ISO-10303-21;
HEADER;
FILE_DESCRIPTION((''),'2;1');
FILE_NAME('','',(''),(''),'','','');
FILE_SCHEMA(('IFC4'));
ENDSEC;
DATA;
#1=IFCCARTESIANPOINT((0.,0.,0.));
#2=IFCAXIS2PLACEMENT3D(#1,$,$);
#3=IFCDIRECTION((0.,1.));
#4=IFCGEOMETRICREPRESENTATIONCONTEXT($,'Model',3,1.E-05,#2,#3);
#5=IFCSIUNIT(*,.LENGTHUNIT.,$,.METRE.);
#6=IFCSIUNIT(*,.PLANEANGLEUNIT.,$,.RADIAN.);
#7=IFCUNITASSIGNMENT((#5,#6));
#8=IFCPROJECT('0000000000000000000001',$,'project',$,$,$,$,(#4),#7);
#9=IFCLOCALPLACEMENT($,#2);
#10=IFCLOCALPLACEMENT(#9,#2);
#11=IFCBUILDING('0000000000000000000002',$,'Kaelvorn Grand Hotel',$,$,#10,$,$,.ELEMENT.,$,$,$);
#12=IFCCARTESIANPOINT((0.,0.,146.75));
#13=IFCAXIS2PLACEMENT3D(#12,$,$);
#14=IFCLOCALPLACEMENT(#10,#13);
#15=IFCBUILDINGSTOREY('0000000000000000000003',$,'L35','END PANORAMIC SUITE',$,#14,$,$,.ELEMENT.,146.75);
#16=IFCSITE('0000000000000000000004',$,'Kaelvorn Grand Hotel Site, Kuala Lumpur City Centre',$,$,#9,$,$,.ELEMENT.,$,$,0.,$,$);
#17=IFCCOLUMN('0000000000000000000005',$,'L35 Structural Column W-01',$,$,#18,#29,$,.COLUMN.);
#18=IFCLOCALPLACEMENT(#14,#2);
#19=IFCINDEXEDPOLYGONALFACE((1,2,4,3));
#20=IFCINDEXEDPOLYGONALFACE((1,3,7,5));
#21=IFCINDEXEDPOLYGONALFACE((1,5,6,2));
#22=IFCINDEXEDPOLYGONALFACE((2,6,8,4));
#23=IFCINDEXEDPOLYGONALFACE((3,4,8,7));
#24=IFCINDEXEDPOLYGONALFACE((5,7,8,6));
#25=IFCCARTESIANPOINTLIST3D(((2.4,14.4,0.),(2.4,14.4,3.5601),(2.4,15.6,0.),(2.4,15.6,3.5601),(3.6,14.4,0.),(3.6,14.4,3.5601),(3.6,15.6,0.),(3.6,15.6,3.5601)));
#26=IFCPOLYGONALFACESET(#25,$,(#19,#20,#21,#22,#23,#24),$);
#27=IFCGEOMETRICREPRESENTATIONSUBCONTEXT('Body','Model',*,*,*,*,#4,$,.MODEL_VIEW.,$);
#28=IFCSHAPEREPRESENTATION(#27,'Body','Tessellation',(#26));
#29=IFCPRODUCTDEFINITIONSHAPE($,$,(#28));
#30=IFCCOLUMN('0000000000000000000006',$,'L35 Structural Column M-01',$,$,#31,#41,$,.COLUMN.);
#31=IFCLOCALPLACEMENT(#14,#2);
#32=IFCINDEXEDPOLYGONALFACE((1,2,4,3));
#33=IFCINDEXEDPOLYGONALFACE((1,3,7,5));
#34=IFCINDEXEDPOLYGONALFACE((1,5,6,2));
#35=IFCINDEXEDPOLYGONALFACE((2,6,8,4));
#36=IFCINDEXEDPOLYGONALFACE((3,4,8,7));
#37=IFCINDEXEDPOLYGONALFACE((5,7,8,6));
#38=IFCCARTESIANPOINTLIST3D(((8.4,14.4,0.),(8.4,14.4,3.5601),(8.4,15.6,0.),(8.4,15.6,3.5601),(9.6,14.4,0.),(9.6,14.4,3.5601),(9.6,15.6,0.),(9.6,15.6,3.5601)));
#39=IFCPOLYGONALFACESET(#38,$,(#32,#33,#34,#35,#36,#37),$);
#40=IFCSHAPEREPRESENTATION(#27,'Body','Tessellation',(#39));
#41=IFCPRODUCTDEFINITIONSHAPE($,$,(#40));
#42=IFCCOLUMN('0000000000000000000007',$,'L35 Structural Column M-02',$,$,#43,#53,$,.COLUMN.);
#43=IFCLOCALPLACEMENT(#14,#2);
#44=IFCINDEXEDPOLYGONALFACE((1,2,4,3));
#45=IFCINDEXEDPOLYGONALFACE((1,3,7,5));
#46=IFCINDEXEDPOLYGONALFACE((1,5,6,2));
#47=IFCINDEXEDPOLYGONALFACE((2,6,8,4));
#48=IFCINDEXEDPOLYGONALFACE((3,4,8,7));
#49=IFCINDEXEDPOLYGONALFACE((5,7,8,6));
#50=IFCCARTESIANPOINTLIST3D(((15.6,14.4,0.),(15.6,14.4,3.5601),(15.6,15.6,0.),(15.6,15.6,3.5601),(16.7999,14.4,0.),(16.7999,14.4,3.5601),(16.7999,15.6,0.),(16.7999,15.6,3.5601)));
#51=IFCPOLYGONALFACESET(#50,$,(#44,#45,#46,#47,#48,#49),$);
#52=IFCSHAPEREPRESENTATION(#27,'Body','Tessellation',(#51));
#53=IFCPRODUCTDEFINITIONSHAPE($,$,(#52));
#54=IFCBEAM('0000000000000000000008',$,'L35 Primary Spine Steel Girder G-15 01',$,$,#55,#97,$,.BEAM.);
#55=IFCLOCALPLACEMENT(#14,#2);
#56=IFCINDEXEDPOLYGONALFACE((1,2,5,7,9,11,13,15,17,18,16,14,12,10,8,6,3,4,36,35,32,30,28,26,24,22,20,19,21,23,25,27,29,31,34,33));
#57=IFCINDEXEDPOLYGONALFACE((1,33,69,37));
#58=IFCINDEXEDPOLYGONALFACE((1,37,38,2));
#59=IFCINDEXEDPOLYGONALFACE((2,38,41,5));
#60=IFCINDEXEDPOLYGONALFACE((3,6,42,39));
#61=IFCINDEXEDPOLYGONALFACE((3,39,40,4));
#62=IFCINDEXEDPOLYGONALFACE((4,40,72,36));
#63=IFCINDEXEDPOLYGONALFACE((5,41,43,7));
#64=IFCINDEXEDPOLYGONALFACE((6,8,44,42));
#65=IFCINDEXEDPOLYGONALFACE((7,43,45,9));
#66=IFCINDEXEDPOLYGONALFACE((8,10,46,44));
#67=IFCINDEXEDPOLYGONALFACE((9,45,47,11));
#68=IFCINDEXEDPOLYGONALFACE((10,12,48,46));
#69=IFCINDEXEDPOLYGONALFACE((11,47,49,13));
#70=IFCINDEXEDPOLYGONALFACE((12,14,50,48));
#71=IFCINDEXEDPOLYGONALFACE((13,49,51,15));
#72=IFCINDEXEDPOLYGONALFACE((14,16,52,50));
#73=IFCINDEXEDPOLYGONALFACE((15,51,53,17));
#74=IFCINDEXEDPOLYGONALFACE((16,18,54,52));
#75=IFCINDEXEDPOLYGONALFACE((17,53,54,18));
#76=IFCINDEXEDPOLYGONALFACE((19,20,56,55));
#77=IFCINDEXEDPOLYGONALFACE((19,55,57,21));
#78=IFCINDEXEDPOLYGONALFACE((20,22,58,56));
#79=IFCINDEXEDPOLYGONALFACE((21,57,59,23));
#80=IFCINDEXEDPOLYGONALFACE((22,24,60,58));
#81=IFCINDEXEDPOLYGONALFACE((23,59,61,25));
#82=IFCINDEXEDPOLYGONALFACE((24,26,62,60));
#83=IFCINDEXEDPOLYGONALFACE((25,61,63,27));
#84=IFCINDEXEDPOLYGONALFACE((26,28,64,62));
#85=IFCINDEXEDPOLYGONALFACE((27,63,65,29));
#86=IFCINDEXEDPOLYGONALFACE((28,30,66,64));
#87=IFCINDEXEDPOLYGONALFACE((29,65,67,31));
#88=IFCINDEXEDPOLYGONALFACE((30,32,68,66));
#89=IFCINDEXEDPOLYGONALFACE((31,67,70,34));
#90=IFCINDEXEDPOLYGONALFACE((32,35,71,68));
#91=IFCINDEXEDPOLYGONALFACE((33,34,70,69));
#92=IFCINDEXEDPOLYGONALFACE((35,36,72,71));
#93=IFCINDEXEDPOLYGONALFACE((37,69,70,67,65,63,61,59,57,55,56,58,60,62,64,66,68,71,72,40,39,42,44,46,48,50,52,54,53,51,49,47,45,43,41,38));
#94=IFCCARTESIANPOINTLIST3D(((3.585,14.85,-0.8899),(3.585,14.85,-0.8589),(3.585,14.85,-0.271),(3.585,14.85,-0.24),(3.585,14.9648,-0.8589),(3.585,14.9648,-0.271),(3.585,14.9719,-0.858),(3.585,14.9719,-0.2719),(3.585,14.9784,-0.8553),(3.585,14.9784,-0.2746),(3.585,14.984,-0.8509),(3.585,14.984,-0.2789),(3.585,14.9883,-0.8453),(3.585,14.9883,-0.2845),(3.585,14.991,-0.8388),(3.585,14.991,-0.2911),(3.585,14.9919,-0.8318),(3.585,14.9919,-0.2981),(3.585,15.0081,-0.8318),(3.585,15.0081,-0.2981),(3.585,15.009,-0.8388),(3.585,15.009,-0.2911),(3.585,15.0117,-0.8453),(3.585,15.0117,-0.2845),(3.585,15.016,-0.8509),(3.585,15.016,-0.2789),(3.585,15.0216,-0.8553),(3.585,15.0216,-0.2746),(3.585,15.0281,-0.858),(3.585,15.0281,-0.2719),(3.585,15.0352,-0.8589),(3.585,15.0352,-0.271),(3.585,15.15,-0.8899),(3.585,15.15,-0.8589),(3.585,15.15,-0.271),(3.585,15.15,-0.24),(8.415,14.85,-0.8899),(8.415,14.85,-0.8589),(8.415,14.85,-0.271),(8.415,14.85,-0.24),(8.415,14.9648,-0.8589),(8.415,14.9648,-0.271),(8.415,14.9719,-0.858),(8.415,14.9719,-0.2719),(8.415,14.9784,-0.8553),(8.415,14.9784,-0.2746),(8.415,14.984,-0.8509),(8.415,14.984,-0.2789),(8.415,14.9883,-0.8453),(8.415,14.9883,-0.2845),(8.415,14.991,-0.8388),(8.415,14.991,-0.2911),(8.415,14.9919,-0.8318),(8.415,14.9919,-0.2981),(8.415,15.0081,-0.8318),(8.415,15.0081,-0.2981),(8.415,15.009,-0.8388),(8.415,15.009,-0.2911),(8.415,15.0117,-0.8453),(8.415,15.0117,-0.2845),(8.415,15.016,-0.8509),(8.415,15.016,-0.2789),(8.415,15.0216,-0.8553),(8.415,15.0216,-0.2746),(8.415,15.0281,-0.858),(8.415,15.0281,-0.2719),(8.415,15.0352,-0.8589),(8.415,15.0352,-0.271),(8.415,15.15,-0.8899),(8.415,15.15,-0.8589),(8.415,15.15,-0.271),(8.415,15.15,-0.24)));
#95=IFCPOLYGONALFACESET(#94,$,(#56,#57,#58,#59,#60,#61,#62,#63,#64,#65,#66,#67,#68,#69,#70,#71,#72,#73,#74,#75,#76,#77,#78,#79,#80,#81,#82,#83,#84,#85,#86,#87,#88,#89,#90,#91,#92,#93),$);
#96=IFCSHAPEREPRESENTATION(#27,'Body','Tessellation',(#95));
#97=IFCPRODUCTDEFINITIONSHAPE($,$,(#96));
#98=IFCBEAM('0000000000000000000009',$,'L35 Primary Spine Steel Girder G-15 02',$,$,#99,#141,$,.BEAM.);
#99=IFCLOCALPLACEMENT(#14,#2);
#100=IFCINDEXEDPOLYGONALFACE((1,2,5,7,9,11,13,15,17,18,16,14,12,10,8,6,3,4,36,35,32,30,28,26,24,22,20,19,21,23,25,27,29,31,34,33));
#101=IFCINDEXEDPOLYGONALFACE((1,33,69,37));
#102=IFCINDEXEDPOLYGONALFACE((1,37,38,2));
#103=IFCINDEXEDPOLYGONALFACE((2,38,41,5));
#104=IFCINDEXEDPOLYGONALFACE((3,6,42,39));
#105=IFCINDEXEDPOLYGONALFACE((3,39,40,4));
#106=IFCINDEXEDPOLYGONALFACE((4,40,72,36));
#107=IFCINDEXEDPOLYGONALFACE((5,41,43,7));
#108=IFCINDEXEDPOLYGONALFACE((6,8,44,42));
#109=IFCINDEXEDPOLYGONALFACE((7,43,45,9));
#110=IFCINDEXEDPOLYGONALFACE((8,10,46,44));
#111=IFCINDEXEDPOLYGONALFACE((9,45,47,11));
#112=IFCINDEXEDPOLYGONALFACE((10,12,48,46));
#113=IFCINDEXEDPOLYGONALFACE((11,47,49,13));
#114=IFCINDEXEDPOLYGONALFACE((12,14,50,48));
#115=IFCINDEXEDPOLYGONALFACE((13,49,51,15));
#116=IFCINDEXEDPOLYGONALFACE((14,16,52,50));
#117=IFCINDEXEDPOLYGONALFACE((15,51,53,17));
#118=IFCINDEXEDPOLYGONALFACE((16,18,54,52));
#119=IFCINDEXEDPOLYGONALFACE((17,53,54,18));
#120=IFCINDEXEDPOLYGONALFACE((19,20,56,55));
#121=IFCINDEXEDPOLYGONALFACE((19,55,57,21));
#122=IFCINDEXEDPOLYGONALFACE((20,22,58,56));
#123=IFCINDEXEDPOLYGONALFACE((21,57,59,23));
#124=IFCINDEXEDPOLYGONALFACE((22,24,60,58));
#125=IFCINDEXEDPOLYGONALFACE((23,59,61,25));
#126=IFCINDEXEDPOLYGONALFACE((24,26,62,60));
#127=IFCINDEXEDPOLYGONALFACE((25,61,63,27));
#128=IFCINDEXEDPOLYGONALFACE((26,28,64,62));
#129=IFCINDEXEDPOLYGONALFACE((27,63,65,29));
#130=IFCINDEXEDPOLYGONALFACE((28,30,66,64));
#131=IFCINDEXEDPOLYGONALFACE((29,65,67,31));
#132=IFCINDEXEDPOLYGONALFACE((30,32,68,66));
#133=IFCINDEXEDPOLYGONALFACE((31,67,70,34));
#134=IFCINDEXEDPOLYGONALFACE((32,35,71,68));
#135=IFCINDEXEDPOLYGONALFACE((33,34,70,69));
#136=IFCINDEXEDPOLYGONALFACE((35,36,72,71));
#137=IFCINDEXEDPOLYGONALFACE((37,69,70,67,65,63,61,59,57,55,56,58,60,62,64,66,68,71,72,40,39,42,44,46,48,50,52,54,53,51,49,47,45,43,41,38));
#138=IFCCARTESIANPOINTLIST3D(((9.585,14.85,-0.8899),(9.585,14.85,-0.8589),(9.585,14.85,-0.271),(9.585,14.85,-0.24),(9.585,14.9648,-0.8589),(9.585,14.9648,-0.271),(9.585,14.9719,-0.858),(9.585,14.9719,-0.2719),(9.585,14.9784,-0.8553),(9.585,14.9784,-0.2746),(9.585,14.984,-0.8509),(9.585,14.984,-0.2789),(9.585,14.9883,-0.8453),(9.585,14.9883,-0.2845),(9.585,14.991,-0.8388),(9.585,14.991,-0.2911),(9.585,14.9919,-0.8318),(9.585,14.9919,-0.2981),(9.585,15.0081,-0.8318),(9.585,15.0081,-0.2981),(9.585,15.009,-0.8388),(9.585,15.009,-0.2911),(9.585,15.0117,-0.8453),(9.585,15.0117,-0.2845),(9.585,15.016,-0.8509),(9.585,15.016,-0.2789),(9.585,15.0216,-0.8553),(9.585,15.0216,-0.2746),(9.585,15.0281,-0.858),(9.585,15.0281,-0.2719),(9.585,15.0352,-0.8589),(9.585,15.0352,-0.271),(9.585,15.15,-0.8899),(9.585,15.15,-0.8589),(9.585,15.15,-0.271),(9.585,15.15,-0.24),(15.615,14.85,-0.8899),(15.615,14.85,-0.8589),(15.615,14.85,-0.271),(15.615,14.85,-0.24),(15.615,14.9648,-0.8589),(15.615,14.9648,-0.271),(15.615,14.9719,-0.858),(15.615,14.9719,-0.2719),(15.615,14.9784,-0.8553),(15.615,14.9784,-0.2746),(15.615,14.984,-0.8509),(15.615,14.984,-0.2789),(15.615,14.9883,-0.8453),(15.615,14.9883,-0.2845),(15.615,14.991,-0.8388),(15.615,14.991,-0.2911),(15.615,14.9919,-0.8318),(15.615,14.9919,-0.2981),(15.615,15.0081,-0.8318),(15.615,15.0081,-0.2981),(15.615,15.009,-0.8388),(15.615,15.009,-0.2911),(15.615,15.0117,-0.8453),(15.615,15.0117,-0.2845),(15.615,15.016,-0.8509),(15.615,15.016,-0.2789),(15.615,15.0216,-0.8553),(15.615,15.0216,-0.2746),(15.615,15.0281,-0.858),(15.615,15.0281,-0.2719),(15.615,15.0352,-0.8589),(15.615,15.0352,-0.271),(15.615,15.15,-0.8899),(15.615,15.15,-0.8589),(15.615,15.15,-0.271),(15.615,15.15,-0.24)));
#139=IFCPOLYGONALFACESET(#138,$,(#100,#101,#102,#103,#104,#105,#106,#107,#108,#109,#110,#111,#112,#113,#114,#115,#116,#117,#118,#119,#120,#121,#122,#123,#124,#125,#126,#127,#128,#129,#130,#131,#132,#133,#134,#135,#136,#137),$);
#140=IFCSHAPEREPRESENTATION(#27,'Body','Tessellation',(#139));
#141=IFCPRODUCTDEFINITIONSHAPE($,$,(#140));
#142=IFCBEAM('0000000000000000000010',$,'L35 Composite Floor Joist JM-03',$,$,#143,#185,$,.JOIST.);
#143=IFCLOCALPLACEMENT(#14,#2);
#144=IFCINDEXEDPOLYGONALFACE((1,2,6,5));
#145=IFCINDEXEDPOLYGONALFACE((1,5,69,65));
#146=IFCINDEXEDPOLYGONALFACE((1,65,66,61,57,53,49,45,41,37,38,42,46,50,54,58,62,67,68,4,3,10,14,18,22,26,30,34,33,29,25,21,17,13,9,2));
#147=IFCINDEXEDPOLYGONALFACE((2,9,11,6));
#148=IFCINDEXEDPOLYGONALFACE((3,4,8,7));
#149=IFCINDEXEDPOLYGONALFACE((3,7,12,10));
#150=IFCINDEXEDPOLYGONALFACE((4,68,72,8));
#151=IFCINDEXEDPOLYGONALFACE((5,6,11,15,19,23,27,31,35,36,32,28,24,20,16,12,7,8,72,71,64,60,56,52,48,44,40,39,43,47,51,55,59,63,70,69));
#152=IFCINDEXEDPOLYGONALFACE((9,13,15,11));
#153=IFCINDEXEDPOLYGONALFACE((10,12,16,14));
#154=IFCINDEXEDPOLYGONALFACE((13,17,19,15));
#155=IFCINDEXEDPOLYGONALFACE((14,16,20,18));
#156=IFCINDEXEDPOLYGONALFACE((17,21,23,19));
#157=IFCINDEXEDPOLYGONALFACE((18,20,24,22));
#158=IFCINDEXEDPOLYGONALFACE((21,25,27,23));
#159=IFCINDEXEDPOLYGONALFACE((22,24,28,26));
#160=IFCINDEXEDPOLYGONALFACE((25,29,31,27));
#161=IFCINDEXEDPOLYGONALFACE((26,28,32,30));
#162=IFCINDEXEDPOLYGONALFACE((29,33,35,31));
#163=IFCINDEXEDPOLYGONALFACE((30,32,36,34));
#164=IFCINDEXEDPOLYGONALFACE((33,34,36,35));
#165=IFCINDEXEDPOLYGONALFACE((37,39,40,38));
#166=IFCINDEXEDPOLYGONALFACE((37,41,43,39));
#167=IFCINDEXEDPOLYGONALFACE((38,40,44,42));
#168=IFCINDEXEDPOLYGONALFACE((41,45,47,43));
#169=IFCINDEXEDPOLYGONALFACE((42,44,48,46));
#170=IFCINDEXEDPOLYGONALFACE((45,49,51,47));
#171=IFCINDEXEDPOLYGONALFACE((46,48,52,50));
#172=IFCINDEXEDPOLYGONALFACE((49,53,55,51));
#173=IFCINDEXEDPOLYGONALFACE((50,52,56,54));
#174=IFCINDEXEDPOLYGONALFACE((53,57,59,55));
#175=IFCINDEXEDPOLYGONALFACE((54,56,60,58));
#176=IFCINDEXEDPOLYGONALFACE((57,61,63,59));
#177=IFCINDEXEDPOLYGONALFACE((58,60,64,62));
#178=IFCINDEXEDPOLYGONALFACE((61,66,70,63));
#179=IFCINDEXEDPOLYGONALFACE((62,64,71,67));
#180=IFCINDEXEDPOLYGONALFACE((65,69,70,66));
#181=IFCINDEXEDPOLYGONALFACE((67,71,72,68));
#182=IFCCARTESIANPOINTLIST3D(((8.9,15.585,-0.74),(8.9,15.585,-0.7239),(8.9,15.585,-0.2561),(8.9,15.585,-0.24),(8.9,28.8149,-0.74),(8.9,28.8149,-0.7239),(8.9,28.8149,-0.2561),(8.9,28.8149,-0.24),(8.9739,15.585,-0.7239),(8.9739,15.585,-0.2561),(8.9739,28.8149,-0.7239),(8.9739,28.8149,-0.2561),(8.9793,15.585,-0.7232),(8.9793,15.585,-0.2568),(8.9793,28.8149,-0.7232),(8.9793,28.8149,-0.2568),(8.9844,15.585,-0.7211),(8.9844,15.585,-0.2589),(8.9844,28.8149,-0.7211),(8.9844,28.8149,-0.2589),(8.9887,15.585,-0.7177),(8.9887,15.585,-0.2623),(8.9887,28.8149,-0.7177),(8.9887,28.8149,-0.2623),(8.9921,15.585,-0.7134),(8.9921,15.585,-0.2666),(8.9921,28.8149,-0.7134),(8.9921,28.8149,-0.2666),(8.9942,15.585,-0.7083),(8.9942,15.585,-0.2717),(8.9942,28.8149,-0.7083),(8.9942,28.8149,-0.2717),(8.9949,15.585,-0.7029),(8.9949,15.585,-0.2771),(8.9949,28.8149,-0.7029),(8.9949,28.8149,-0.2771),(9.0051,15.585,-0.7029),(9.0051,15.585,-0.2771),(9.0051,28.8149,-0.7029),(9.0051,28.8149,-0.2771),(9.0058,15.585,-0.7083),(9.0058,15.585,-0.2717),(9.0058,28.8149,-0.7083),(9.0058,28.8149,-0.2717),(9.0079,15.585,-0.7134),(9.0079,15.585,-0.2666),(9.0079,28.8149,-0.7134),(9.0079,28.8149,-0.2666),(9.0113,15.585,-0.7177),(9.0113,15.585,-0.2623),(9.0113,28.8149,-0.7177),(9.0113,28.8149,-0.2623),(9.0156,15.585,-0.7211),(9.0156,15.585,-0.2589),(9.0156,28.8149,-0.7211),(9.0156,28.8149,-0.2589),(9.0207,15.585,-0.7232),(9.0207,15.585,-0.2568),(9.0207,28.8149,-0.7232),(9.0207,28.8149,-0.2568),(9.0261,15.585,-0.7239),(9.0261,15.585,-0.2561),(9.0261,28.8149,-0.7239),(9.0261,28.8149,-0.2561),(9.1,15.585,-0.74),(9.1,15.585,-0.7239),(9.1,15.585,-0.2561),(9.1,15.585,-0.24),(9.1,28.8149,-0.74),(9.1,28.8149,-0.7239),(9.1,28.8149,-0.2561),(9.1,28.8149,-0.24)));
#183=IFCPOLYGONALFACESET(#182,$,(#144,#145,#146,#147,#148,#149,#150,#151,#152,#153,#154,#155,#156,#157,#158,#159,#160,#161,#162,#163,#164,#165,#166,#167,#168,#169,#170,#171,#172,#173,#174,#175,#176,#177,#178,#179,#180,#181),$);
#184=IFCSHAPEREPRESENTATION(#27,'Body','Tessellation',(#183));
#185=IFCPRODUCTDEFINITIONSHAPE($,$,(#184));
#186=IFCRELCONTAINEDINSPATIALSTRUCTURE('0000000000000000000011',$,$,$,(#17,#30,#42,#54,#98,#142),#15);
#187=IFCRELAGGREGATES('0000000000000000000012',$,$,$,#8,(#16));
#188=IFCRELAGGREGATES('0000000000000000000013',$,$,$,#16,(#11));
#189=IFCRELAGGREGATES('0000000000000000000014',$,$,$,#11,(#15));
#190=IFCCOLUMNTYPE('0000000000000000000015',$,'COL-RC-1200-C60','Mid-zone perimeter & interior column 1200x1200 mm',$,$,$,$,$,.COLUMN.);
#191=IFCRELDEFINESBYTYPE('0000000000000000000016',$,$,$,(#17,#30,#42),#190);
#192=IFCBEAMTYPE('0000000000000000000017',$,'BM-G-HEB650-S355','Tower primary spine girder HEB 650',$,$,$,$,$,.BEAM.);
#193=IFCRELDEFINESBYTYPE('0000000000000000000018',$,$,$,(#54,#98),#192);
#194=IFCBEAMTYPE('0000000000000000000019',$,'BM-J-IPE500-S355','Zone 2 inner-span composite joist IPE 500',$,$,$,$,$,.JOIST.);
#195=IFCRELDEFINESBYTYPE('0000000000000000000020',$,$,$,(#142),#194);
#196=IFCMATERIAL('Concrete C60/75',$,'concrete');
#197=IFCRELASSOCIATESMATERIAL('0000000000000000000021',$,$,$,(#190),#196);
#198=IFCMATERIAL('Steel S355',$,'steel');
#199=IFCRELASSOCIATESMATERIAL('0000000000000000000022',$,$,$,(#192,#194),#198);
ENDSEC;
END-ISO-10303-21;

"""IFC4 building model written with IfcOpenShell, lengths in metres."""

from ifc_helpers import new_model, si_unit, direction, frame, origin, origin_2d, place, context, subcontext, project, spatial, rectangle, i_section, extrude, material, material_profile, profile_set, type_object, element, save


model = new_model("IFC4")

# Units and contexts
model_context = context("Model", 3, precision=1e-05, world=origin(), true_north=direction((0.0, 1.0)))
body_context = subcontext(model_context, "Body", "Model", "MODEL_VIEW")
ifc_project = project(units=[si_unit("LENGTHUNIT", "METRE"), si_unit("PLANEANGLEUNIT", "RADIAN")], contexts=[model_context])

# Site, building, storey
site_placement = place(None, origin())
site = spatial("IfcSite", under=ifc_project, at=site_placement, Name="Kaelvorn Grand Hotel Site, Kuala Lumpur City Centre", CompositionType="ELEMENT", RefElevation=0.0)
building_placement = place(site_placement, origin())
building = spatial("IfcBuilding", under=site, at=building_placement, Name="Kaelvorn Grand Hotel", CompositionType="ELEMENT")
storey_placement = place(building_placement, frame((0.0, 0.0, 146.75)))
storey = spatial("IfcBuildingStorey", under=building, at=storey_placement, Name="L35", Description="END PANORAMIC SUITE", CompositionType="ELEMENT", Elevation=146.75)

# Columns
ifc_material_1 = material(Name="Concrete C60/75", Category="concrete")
ifc_material_profile_1 = material_profile(ifc_material_1, rectangle(XDim=1.2, YDim=1.2, at=origin_2d()), Name="RC COL 1200x1200")
ifc_profile_set_1 = profile_set([ifc_material_profile_1], Name="Concrete C60/75")
column_type = type_object("IfcColumnType", Name="COL-RC-1200-C60", Description="Mid-zone perimeter & interior column 1200x1200 mm", PredefinedType="COLUMN", material=ifc_profile_set_1)
for number, where, z_axis, x_axis, name in (
    (1, (3.0, 15.0, 0.0), (0.0, 0.0, 1.0), (1.0, 0.0, 0.0), "L35 Structural Column W-01"),
    (2, (9.0, 15.0, 0.0), (0.0, 0.0, 1.0), (1.0, 0.0, 0.0), "L35 Structural Column M-01"),
    (3, (16.2, 15.0, 0.0), (0.0, 0.0, 1.0), (1.0, 0.0, 0.0), "L35 Structural Column M-02"),
):
    element("IfcColumn", number, at=place(storey_placement, frame(where, z_axis=z_axis, x_axis=x_axis)), inside=storey, type_object=column_type, Name=name, PredefinedType="COLUMN", context=body_context, shape_type="SweptSolid", body=[
        extrude(rectangle(XDim=1.2, YDim=1.2, at=origin_2d()), origin(), (0.0, 0.0, 1.0), 3.5601),
    ])

# Beams
ifc_material_2 = material(Name="Steel S355", Category="steel")
ifc_material_profile_2 = material_profile(ifc_material_2, i_section(OverallWidth=0.3, OverallDepth=0.6499, WebThickness=0.0161, FlangeThickness=0.031, FilletRadius=0.0271, at=origin_2d()), Name="HEB 650")
ifc_profile_set_2 = profile_set([ifc_material_profile_2], Name="Steel S355")
beam_type_1 = type_object("IfcBeamType", Name="BM-G-HEB650-S355", Description="Tower primary spine girder HEB 650", PredefinedType="BEAM", material=ifc_profile_set_2)
beam_1_placement = place(storey_placement, frame((3.585, 15.0, -0.5649), z_axis=(1.0, 0.0, 0.0), x_axis=(0.0, 1.0, 0.0)))
element("IfcBeam", 4, at=beam_1_placement, inside=storey, type_object=beam_type_1, Name="L35 Primary Spine Steel Girder G-15 01", PredefinedType="BEAM", context=body_context, shape_type="SweptSolid", body=[
    extrude(i_section(OverallWidth=0.3, OverallDepth=0.6499, WebThickness=0.0161, FlangeThickness=0.031, FilletRadius=0.0271, at=origin_2d()), origin(), (0.0, 0.0, 1.0), 4.8301),
])
beam_2_placement = place(storey_placement, frame((9.585, 15.0, -0.5649), z_axis=(1.0, 0.0, 0.0), x_axis=(0.0, 1.0, 0.0)))
element("IfcBeam", 5, at=beam_2_placement, inside=storey, type_object=beam_type_1, Name="L35 Primary Spine Steel Girder G-15 02", PredefinedType="BEAM", context=body_context, shape_type="SweptSolid", body=[
    extrude(i_section(OverallWidth=0.3, OverallDepth=0.6499, WebThickness=0.0161, FlangeThickness=0.031, FilletRadius=0.0271, at=origin_2d()), origin(), (0.0, 0.0, 1.0), 6.03),
])
ifc_material_profile_3 = material_profile(ifc_material_2, i_section(OverallWidth=0.2, OverallDepth=0.5, WebThickness=0.0103, FlangeThickness=0.0161, FilletRadius=0.021, at=origin_2d()), Name="IPE 500")
ifc_profile_set_3 = profile_set([ifc_material_profile_3], Name="Steel S355")
beam_type_2 = type_object("IfcBeamType", Name="BM-J-IPE500-S355", Description="Zone 2 inner-span composite joist IPE 500", PredefinedType="JOIST", material=ifc_profile_set_3)
beam_3_placement = place(storey_placement, frame((9.0, 15.585, -0.49), z_axis=(0.0, 1.0, 0.0), x_axis=(-1.0, 0.0, 0.0)))
element("IfcBeam", 6, at=beam_3_placement, inside=storey, type_object=beam_type_2, Name="L35 Composite Floor Joist JM-03", PredefinedType="JOIST", context=body_context, shape_type="SweptSolid", body=[
    extrude(i_section(OverallWidth=0.2, OverallDepth=0.5, WebThickness=0.0103, FlangeThickness=0.0161, FilletRadius=0.021, at=origin_2d()), origin(), (0.0, 0.0, 1.0), 13.23),
])

save(model, "model.ifc")
